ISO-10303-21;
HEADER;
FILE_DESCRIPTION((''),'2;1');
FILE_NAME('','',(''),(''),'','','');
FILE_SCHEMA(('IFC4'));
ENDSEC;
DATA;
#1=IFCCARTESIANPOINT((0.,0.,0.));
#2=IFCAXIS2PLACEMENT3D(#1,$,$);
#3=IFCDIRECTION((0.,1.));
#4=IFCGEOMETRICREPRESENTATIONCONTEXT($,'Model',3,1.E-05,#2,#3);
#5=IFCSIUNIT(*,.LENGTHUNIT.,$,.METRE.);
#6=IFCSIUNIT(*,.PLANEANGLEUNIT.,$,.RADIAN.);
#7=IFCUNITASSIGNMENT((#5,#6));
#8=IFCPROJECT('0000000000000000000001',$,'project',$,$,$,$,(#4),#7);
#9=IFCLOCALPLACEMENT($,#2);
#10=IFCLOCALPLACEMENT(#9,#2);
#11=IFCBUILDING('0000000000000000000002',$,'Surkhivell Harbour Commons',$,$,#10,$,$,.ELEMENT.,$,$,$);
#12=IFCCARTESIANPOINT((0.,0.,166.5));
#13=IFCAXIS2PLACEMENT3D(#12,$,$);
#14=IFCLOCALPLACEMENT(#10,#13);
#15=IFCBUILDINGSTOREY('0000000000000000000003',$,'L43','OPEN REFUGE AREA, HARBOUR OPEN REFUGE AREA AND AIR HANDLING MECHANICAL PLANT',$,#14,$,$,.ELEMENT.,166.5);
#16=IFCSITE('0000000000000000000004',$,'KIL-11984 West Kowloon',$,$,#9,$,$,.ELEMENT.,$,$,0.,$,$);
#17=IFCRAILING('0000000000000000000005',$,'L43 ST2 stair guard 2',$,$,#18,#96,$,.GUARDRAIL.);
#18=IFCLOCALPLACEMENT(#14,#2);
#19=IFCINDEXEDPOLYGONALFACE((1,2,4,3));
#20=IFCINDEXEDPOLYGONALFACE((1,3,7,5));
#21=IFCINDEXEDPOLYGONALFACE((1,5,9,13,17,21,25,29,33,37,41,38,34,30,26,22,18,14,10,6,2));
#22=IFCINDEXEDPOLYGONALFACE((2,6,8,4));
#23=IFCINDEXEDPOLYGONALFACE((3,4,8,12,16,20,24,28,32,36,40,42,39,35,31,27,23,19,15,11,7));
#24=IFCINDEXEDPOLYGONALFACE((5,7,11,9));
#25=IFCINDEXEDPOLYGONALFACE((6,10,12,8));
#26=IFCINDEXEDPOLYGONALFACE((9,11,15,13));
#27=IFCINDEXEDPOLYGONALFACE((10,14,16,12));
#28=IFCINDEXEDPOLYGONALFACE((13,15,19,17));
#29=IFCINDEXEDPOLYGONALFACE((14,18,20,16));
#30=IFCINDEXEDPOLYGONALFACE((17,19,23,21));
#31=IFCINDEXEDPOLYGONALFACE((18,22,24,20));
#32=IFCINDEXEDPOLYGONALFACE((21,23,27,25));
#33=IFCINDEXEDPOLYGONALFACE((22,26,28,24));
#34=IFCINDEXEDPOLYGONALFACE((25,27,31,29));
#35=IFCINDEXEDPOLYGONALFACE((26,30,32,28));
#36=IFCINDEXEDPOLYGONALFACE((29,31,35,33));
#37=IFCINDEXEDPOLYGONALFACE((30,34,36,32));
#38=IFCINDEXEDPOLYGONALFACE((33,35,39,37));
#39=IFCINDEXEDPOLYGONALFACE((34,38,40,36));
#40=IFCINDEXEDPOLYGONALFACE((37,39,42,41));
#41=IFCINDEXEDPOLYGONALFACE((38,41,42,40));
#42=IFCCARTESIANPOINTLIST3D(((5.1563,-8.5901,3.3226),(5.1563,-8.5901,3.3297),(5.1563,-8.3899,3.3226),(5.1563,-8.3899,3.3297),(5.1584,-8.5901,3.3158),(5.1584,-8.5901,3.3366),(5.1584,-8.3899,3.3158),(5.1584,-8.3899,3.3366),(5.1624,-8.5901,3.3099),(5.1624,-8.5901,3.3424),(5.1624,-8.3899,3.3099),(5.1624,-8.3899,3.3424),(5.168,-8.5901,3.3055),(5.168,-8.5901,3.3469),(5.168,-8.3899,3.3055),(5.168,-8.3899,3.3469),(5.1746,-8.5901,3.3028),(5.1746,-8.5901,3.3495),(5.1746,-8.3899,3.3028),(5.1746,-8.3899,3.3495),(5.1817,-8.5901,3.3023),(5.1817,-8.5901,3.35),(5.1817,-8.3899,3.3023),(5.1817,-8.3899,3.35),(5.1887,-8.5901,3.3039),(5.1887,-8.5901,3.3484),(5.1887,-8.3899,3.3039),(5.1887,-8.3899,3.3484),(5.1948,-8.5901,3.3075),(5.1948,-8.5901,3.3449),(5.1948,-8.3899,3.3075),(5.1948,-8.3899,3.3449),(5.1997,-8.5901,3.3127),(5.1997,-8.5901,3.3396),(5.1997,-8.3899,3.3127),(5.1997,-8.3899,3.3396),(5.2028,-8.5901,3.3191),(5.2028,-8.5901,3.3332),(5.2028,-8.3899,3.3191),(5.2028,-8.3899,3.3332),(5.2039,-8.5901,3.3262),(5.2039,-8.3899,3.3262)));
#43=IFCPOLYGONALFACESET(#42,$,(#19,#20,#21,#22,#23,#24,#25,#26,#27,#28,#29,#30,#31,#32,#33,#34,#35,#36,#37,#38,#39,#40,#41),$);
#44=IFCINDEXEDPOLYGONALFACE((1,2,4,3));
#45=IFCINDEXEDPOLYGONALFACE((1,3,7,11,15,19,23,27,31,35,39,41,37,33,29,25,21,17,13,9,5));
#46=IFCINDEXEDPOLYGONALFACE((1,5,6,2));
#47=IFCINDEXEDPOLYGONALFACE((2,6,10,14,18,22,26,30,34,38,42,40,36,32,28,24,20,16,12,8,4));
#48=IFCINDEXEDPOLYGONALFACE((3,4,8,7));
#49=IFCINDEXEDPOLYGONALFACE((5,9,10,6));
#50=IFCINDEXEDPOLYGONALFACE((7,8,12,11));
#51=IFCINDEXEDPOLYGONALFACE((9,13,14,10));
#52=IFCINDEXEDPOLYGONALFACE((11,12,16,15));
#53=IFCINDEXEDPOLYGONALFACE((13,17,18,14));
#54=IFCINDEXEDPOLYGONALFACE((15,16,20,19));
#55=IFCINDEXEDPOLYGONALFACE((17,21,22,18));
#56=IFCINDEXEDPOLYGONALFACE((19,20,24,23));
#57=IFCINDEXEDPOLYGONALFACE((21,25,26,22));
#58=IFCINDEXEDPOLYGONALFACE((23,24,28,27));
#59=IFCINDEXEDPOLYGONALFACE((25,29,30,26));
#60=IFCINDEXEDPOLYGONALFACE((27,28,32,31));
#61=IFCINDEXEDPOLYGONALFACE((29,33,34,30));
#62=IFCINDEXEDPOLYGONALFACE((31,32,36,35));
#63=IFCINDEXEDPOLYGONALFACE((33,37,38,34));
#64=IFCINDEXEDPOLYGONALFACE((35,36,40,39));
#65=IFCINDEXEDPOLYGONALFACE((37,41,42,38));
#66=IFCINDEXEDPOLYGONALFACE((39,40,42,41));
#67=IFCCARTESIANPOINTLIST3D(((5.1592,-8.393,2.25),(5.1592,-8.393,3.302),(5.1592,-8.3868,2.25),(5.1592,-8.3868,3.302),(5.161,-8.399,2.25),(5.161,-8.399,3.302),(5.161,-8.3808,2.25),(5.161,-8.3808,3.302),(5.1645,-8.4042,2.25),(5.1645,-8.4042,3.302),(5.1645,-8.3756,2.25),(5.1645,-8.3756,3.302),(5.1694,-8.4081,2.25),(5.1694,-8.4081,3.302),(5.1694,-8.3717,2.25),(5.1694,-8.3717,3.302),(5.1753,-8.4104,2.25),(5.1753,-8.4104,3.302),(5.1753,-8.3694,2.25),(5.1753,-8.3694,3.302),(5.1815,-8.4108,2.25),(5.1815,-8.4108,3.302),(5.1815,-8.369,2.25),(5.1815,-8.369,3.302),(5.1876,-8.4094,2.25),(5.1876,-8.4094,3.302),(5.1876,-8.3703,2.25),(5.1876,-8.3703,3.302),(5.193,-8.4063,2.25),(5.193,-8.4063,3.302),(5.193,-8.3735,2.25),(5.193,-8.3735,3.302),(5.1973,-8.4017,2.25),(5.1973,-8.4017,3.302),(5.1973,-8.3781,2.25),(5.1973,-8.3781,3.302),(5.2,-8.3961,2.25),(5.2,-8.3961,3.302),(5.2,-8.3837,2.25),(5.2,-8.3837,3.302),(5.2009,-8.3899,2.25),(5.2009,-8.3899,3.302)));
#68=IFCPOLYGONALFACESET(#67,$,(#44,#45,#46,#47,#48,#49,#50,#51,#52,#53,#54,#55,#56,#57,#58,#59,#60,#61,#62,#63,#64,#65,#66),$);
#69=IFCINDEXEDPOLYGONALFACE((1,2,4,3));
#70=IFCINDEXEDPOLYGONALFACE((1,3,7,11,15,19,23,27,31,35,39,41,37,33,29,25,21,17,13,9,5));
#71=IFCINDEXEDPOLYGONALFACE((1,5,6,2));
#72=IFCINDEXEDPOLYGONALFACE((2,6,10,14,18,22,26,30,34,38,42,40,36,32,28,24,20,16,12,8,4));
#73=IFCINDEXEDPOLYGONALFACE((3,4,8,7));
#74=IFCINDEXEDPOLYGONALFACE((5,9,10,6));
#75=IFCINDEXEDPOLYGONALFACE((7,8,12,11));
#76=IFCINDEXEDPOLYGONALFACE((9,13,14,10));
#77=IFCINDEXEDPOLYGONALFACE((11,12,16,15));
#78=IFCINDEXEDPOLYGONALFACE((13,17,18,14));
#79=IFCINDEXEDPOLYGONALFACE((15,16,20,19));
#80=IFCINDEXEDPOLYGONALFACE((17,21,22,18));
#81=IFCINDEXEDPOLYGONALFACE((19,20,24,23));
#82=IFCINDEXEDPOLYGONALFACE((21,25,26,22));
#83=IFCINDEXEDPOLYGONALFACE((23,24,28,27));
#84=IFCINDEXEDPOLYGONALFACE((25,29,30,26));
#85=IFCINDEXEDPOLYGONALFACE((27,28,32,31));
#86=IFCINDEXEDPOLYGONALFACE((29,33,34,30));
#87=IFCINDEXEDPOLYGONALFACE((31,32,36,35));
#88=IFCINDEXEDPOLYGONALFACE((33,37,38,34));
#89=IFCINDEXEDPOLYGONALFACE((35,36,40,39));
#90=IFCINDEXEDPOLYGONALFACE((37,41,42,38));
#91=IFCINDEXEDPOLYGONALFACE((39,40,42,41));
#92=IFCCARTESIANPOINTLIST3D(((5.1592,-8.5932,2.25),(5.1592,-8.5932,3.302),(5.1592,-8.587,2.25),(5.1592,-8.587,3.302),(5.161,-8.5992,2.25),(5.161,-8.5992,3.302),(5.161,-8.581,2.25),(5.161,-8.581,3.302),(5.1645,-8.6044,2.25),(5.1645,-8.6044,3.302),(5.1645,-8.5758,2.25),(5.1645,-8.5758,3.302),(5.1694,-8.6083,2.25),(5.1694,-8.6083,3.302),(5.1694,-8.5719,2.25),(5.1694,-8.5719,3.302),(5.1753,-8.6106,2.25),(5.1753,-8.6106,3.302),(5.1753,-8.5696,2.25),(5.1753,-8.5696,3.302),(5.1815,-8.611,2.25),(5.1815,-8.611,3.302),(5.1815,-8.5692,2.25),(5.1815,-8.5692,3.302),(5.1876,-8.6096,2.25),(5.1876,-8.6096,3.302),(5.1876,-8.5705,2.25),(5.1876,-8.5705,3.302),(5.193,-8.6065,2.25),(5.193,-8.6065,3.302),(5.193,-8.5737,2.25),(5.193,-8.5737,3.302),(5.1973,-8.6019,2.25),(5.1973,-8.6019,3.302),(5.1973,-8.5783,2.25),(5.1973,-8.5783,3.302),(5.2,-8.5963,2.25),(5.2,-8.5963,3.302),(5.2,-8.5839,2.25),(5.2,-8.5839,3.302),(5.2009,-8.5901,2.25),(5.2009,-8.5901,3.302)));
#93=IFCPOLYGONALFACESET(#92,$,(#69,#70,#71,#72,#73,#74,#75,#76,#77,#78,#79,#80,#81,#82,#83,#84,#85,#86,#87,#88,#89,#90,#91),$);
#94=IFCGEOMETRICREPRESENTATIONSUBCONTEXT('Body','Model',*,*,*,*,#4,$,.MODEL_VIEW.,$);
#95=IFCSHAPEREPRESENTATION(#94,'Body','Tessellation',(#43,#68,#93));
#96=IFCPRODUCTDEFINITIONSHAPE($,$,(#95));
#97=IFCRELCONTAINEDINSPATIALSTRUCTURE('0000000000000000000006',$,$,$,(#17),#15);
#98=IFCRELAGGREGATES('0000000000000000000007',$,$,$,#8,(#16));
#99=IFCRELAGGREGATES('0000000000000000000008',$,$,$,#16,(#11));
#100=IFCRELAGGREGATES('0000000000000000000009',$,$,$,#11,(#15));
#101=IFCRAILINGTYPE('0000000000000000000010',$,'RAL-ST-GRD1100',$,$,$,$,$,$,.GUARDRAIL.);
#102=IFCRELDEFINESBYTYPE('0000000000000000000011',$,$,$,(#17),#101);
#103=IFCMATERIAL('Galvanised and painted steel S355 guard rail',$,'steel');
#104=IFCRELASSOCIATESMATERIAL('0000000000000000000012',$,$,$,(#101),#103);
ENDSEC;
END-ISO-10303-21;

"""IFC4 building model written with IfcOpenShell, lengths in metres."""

from ifc_helpers import new_model, si_unit, direction, frame, origin, origin_2d, place, context, subcontext, project, spatial, circle, extrude, material, type_object, element, save


model = new_model("IFC4")

# Units and contexts
model_context = context("Model", 3, precision=1e-05, world=origin(), true_north=direction((0.0, 1.0)))
body_context = subcontext(model_context, "Body", "Model", "MODEL_VIEW")
ifc_project = project(units=[si_unit("LENGTHUNIT", "METRE"), si_unit("PLANEANGLEUNIT", "RADIAN")], contexts=[model_context])

# Site, building, storey
site_placement = place(None, origin())
site = spatial("IfcSite", under=ifc_project, at=site_placement, Name="KIL-11984 West Kowloon", CompositionType="ELEMENT", RefElevation=0.0)
building_placement = place(site_placement, origin())
building = spatial("IfcBuilding", under=site, at=building_placement, Name="Surkhivell Harbour Commons", CompositionType="ELEMENT")
storey_placement = place(building_placement, frame((0.0, 0.0, 166.5)))
storey = spatial("IfcBuildingStorey", under=building, at=storey_placement, Name="L43", Description="OPEN REFUGE AREA, HARBOUR OPEN REFUGE AREA AND AIR HANDLING MECHANICAL PLANT", CompositionType="ELEMENT", Elevation=166.5)

# Railing
ifc_material_1 = material(Name="Galvanised and painted steel S355 guard rail", Category="steel")
railing_type_1 = type_object("IfcRailingType", Name="RAL-ST-GRD1100", PredefinedType="GUARDRAIL", material=ifc_material_1)
railing_1_placement = place(storey_placement, frame((5.1799, -8.3899, 2.25)))
element("IfcRailing", 1, at=railing_1_placement, inside=storey, type_object=railing_type_1, Name="L43 ST2 stair guard 2", PredefinedType="GUARDRAIL", context=body_context, shape_type="SweptSolid", body=[
    extrude(circle(Radius=0.0239, at=origin_2d()), frame((0.0, 0.0, 1.0762), z_axis=(0.0, -1.0, 0.0), x_axis=(1.0, 0.0, 0.0)), (0.0, 0.0, 1.0), 0.2002),
    extrude(circle(Radius=0.021, at=origin_2d()), origin(), (0.0, 0.0, 1.0), 1.052),
    extrude(circle(Radius=0.021, at=origin_2d()), frame((0.0, -0.2002, 0.0)), (0.0, 0.0, 1.0), 1.052),
])

save(model, "model.ifc")
